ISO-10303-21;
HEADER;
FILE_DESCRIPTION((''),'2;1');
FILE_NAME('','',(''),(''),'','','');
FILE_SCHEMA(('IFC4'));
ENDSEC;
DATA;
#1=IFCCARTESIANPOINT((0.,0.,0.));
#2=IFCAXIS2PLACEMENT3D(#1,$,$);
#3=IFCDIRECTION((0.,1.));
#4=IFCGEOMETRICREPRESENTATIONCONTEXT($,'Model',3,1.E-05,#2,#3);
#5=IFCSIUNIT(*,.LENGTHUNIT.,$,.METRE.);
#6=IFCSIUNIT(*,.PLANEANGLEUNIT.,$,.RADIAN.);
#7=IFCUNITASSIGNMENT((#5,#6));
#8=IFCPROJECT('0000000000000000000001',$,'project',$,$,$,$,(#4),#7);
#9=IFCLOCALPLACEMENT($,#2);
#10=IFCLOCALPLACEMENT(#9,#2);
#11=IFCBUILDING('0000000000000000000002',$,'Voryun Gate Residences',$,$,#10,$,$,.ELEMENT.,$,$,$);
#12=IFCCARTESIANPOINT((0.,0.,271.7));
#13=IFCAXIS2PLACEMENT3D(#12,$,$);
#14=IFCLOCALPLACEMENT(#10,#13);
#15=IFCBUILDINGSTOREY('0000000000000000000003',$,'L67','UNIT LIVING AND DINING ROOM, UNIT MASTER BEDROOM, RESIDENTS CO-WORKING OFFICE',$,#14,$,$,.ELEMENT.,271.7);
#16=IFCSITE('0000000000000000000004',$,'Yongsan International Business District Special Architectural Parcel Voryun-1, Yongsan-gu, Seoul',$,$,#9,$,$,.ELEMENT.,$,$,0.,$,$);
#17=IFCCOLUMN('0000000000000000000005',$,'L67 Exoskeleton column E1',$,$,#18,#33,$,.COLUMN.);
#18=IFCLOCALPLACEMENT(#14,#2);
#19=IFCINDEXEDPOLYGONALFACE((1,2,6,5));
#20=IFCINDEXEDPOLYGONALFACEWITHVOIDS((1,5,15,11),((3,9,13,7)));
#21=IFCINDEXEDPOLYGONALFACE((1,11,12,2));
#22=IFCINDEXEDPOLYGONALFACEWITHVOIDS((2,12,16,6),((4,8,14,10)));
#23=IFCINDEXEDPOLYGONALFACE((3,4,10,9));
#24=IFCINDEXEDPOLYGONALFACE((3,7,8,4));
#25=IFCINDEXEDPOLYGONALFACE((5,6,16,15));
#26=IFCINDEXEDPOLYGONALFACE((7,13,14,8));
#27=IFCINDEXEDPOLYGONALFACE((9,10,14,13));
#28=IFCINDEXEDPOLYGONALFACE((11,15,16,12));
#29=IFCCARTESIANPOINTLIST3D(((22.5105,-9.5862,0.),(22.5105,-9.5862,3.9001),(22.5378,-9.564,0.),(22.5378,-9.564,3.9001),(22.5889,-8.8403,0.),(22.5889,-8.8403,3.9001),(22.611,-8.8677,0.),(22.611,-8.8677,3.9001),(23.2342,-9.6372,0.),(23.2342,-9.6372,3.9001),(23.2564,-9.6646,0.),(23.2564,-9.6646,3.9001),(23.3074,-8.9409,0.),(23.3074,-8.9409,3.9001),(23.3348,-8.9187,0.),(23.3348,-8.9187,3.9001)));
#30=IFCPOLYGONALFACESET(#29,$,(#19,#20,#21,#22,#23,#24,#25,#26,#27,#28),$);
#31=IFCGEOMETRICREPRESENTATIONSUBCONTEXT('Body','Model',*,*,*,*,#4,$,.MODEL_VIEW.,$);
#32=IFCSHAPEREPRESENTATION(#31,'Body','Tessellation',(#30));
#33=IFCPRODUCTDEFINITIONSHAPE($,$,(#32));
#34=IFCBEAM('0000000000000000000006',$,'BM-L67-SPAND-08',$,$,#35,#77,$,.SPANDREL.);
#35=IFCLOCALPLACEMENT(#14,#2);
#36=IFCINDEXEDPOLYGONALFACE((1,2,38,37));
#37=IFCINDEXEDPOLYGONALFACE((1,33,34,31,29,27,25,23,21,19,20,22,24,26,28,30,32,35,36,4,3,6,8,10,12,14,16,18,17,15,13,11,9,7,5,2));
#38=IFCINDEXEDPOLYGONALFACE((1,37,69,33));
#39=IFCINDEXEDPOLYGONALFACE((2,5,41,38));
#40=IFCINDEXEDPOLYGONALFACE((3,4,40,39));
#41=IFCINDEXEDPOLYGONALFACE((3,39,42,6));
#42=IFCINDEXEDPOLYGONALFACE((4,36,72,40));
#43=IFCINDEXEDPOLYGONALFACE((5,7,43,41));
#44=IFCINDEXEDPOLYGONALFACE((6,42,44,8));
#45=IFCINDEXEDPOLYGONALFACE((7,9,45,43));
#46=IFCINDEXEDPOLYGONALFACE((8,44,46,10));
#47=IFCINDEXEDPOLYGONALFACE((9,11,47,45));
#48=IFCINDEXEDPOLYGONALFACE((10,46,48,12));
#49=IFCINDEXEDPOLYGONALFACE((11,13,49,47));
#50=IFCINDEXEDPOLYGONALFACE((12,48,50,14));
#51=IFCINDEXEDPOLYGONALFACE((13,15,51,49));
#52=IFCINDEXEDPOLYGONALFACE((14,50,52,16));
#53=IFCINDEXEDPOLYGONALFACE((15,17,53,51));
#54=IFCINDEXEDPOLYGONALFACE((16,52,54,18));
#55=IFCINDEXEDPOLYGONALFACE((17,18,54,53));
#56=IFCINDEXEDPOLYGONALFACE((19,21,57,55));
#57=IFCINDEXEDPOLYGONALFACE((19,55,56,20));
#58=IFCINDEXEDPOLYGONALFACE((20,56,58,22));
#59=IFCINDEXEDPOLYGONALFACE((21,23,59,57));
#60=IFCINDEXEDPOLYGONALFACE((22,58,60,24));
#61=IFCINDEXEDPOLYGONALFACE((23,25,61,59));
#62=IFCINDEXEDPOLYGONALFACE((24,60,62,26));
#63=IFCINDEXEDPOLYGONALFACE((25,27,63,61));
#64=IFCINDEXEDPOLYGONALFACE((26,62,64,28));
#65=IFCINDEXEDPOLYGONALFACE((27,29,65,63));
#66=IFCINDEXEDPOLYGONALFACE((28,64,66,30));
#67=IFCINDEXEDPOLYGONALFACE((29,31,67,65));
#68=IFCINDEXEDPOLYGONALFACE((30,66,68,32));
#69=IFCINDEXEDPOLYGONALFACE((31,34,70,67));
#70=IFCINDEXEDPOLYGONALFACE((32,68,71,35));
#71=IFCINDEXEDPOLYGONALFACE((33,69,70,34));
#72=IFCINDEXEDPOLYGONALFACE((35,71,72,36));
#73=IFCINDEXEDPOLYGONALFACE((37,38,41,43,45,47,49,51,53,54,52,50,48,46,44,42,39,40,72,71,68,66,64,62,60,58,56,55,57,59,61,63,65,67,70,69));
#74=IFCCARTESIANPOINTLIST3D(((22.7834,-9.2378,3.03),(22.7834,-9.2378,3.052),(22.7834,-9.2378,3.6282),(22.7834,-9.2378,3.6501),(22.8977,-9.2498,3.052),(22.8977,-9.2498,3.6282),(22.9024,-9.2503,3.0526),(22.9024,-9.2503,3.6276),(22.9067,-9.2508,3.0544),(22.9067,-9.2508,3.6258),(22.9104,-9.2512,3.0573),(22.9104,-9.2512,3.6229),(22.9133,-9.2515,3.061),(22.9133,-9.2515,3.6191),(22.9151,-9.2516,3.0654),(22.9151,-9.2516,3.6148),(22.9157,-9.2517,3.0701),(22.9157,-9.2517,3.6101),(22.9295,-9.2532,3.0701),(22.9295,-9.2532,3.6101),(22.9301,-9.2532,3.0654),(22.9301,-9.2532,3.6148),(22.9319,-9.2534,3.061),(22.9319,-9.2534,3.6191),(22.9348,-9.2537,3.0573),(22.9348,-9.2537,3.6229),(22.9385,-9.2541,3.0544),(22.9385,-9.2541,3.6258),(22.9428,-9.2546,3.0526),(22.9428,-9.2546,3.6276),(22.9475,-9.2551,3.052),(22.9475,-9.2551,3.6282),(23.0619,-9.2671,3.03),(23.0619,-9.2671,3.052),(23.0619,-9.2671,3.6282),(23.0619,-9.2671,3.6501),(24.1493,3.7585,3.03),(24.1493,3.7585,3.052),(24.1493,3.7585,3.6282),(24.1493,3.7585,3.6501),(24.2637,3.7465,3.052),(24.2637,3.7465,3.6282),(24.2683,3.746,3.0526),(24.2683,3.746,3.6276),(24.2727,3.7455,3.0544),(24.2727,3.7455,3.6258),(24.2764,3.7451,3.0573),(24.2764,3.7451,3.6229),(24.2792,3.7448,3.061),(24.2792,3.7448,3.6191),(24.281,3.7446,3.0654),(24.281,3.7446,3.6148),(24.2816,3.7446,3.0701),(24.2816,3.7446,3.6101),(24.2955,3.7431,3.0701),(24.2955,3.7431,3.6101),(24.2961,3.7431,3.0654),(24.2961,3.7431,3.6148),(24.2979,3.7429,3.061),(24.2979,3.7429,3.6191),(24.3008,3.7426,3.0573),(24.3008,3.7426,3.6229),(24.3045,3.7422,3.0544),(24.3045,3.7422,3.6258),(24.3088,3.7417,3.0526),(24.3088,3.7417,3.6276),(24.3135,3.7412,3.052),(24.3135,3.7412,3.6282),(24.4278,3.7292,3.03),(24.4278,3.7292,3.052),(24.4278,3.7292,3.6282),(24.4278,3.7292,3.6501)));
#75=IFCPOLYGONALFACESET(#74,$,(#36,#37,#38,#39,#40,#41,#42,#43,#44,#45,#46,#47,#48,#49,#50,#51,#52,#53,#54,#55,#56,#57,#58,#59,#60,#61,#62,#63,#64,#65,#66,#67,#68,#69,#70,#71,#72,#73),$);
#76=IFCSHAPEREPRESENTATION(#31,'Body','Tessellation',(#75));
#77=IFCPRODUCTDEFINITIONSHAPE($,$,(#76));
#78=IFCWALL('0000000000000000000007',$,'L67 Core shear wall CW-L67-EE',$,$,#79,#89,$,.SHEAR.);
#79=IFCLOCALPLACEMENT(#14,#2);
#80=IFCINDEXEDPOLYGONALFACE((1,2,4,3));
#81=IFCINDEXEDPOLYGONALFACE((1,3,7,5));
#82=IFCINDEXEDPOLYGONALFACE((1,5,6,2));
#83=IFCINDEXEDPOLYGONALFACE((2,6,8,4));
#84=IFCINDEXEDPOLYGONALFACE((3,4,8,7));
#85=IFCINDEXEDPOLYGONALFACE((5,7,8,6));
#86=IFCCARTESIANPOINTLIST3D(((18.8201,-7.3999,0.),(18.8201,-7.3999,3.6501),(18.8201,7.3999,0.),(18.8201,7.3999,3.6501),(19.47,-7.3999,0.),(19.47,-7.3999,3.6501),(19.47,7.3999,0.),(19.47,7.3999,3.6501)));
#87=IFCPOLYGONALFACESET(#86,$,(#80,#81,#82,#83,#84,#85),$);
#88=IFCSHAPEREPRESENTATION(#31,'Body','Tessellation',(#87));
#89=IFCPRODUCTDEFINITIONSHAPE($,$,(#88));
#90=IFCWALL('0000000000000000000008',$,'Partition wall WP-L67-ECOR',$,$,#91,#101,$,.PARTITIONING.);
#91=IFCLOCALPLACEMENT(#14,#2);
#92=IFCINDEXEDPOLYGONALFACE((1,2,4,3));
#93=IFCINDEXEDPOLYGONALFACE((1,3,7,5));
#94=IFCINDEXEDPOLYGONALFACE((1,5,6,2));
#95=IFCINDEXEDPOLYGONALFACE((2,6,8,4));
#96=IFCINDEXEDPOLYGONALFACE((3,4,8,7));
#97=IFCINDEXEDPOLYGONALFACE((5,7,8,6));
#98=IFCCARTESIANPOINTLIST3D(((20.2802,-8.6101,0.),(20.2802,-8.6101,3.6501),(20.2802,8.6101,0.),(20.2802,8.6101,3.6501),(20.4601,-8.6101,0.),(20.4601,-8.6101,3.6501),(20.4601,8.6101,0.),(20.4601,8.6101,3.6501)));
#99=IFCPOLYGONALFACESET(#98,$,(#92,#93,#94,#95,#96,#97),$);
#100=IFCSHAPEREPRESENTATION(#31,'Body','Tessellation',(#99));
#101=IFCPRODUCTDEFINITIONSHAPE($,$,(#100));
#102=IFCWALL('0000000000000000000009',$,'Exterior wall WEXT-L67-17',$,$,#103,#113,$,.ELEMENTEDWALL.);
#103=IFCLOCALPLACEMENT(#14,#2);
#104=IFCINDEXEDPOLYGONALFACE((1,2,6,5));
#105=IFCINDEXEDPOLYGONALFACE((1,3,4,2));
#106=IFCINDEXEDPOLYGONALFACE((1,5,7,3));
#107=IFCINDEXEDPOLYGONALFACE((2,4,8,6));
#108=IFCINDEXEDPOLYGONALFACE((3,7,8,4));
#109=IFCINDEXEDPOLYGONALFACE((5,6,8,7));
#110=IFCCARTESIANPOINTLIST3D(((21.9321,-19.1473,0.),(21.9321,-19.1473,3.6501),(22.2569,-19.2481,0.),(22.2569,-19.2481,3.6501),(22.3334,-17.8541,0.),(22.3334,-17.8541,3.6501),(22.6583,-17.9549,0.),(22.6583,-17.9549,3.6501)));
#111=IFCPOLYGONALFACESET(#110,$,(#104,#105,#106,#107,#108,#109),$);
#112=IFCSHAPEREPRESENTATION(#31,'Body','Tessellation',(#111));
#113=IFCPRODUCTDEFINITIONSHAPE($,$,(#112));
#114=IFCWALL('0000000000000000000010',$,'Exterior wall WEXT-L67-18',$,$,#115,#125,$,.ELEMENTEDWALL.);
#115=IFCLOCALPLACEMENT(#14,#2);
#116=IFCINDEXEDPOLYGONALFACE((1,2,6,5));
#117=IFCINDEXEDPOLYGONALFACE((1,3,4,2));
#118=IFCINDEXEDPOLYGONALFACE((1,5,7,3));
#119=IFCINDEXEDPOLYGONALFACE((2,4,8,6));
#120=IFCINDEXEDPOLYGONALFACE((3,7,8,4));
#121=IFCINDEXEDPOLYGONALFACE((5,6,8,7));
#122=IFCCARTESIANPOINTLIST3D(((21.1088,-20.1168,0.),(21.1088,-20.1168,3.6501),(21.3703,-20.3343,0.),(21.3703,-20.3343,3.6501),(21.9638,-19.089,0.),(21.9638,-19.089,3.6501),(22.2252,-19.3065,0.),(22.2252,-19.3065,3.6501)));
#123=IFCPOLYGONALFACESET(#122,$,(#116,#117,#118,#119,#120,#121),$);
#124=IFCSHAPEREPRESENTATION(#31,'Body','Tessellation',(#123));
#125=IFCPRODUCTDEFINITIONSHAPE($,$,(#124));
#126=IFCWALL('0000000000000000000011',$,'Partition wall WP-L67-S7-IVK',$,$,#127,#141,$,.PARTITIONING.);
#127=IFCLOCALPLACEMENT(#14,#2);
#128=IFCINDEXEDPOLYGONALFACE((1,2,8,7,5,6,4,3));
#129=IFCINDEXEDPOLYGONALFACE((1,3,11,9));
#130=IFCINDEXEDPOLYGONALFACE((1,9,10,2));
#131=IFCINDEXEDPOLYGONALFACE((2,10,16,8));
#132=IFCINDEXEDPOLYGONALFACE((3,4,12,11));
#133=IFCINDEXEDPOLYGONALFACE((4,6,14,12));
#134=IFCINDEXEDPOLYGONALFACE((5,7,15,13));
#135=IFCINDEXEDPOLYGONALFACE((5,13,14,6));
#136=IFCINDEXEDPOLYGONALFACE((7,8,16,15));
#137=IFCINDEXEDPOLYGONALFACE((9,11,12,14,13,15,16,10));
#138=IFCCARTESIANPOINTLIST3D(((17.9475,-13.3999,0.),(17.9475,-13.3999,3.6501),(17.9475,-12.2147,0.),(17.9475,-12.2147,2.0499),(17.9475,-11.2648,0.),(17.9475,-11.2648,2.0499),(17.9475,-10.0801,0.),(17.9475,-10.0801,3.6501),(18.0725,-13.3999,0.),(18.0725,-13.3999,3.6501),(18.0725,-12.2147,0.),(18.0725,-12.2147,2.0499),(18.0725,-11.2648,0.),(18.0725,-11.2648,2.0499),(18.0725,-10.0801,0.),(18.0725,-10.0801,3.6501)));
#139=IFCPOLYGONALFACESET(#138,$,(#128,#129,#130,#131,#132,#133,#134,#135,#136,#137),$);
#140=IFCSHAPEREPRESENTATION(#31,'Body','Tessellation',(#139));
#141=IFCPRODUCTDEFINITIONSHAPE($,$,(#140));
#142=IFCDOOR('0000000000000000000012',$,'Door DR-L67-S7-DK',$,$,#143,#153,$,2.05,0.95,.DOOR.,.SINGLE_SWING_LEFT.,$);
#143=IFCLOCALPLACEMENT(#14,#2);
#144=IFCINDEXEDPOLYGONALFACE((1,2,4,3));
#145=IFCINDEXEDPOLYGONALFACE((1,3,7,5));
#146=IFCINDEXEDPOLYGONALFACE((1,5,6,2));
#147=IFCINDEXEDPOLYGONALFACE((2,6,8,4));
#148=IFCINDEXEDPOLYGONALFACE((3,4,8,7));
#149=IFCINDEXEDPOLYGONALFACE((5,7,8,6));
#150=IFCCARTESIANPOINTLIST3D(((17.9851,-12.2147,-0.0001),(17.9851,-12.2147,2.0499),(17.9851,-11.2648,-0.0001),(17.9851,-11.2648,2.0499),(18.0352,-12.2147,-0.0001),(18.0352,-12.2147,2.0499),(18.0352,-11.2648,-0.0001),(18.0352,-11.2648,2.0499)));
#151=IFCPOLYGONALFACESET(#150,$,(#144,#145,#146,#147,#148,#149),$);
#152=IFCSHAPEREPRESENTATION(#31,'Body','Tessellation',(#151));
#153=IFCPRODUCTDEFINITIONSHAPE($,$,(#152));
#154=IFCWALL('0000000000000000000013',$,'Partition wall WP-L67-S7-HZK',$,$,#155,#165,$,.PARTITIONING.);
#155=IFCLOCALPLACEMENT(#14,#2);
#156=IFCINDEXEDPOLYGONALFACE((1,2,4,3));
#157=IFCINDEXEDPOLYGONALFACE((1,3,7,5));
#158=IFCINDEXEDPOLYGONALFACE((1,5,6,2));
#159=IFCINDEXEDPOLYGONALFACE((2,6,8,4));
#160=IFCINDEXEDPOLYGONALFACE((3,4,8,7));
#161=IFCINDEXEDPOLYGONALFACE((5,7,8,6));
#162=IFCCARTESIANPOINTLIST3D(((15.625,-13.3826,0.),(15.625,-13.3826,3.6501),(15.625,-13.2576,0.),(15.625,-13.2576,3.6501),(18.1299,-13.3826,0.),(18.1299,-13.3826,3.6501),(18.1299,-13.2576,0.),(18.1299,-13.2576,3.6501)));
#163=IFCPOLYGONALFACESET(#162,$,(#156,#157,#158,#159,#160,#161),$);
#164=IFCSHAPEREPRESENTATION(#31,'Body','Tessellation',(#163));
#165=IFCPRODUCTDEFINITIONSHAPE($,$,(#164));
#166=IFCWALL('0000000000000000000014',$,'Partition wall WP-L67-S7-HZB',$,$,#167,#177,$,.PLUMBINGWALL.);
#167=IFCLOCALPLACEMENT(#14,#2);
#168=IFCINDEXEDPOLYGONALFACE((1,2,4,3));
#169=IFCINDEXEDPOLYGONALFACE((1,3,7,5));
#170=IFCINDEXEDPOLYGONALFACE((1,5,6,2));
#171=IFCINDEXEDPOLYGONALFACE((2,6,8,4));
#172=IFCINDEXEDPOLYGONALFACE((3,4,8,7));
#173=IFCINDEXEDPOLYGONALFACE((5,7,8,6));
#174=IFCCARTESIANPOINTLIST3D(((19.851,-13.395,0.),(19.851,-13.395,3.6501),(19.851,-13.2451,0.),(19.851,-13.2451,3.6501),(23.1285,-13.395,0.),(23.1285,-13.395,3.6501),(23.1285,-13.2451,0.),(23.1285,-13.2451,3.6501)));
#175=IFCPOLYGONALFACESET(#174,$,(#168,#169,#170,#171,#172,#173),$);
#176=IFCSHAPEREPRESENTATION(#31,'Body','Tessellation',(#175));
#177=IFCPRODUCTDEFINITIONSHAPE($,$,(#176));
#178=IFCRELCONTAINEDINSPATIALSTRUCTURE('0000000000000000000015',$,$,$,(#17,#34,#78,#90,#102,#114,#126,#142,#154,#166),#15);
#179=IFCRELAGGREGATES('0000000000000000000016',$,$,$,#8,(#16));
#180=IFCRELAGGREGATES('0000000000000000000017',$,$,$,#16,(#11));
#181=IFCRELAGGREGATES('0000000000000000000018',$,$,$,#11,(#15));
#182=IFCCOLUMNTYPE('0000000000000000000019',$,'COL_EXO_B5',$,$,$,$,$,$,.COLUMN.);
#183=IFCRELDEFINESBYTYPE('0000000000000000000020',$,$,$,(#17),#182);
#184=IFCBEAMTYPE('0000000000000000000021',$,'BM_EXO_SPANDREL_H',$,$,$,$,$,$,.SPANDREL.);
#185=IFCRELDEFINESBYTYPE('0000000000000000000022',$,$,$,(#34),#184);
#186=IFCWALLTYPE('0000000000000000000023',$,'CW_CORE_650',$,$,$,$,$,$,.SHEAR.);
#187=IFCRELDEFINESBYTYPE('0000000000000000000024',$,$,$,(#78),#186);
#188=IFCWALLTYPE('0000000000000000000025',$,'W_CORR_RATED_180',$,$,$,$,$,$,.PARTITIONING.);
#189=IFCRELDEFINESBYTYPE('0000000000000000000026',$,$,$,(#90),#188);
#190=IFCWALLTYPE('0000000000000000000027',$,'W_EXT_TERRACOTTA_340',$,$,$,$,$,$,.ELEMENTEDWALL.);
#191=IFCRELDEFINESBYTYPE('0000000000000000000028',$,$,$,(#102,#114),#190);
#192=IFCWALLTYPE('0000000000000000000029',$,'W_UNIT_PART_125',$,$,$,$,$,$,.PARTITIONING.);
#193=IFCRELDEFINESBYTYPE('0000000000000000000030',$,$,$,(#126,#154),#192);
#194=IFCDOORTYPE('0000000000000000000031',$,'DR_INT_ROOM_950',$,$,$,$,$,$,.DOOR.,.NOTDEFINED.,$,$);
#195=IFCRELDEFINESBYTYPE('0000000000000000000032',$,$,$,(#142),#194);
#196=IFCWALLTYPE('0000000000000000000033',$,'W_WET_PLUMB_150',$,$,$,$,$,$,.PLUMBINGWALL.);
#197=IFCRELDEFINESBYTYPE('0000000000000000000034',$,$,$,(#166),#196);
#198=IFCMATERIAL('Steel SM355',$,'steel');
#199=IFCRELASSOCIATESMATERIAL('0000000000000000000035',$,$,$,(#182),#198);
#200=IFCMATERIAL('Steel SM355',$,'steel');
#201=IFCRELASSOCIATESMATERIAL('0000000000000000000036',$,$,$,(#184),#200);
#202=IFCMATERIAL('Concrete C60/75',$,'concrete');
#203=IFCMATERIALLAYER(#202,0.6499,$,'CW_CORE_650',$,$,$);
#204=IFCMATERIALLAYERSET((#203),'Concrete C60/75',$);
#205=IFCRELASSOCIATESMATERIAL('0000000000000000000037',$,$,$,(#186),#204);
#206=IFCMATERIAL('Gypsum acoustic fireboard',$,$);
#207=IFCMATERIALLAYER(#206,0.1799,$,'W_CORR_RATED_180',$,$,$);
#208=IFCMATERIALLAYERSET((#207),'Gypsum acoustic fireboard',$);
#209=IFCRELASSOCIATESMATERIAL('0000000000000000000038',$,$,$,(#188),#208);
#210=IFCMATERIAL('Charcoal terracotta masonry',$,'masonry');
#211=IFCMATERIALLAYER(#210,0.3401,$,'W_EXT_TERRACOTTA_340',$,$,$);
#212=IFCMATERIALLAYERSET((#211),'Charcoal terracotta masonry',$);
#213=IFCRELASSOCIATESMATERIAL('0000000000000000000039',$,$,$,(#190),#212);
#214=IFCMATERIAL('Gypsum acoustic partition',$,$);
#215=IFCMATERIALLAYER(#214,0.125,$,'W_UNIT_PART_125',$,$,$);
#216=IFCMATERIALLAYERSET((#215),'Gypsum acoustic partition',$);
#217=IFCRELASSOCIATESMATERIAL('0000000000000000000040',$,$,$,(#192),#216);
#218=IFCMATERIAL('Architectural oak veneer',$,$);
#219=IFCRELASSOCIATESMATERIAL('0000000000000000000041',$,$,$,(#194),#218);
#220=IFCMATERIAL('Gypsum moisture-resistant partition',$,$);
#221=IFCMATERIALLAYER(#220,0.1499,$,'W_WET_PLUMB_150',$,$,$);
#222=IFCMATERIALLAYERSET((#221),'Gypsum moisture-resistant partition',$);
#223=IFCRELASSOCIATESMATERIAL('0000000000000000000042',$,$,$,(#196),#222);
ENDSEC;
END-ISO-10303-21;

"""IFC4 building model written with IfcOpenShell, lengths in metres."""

from ifc_helpers import new_model, si_unit, direction, frame, frame_2d, origin, origin_2d, place, context, subcontext, project, spatial, rectangle, hollow_rectangle, i_section, extrude, material, layer, layer_set, material_profile, profile_set, type_object, element, fill, save


model = new_model("IFC4")

# Units and contexts
model_context = context("Model", 3, precision=1e-05, world=origin(), true_north=direction((0.0, 1.0)))
body_context = subcontext(model_context, "Body", "Model", "MODEL_VIEW")
ifc_project = project(units=[si_unit("LENGTHUNIT", "METRE"), si_unit("PLANEANGLEUNIT", "RADIAN")], contexts=[model_context])

# Site, building, storey
site_placement = place(None, origin())
site = spatial("IfcSite", under=ifc_project, at=site_placement, Name="Yongsan International Business District Special Architectural Parcel Voryun-1, Yongsan-gu, Seoul", CompositionType="ELEMENT", RefElevation=0.0)
building_placement = place(site_placement, origin())
building = spatial("IfcBuilding", under=site, at=building_placement, Name="Voryun Gate Residences", CompositionType="ELEMENT")
storey_placement = place(building_placement, frame((0.0, 0.0, 271.7)))
storey = spatial("IfcBuildingStorey", under=building, at=storey_placement, Name="L67", Description="UNIT LIVING AND DINING ROOM, UNIT MASTER BEDROOM, RESIDENTS CO-WORKING OFFICE", CompositionType="ELEMENT", Elevation=271.7)

# Column
ifc_material_1 = material(Name="Steel SM355", Category="steel")
ifc_material_profile_1 = material_profile(ifc_material_1, hollow_rectangle(XDim=0.75, YDim=0.75, WallThickness=0.0249, at=origin_2d()), Name="BOX-750x750x25")
ifc_profile_set_1 = profile_set([ifc_material_profile_1], Name="Steel SM355")
column_type = type_object("IfcColumnType", Name="COL_EXO_B5", PredefinedType="COLUMN", material=ifc_profile_set_1)
column_placement = place(storey_placement, frame((22.9226, -9.2524, 0.0), z_axis=(0.0, 0.0, 1.0), x_axis=(0.994522, -0.104528, 0.0)))
element("IfcColumn", 1, at=column_placement, inside=storey, type_object=column_type, Name="L67 Exoskeleton column E1", PredefinedType="COLUMN", context=body_context, shape_type="SweptSolid", body=[
    extrude(hollow_rectangle(XDim=0.75, YDim=0.75, WallThickness=0.0249, at=origin_2d()), origin(), (0.0, 0.0, 1.0), 3.9001),
])

# Beam
ifc_material_2 = material(Name="Steel SM355", Category="steel")
ifc_material_profile_2 = material_profile(ifc_material_2, i_section(OverallWidth=0.28, OverallDepth=0.6201, WebThickness=0.0139, FlangeThickness=0.022, FilletRadius=0.0181, at=origin_2d()), Name="H-620x280x14x22")
ifc_profile_set_2 = profile_set([ifc_material_profile_2], Name="Steel SM355")
beam_type = type_object("IfcBeamType", Name="BM_EXO_SPANDREL_H", PredefinedType="SPANDREL", material=ifc_profile_set_2)
beam_placement = place(storey_placement, frame((22.9226, -9.2524, 3.3401), z_axis=(0.104528, 0.994522, 0.0), x_axis=(-0.994522, 0.104528, 0.0)))
element("IfcBeam", 2, at=beam_placement, inside=storey, type_object=beam_type, Name="BM-L67-SPAND-08", PredefinedType="SPANDREL", context=body_context, shape_type="SweptSolid", body=[
    extrude(i_section(OverallWidth=0.28, OverallDepth=0.6201, WebThickness=0.0139, FlangeThickness=0.022, FilletRadius=0.0181, at=origin_2d()), origin(), (0.0, 0.0, 1.0), 13.0679),
])

# Walls
ifc_material_3 = material(Name="Concrete C60/75", Category="concrete")
ifc_layer_1 = layer(ifc_material_3, 0.6499, Name="CW_CORE_650")
ifc_layer_set_1 = layer_set([ifc_layer_1], Name="Concrete C60/75")
wall_type_1 = type_object("IfcWallType", Name="CW_CORE_650", PredefinedType="SHEAR", material=ifc_layer_set_1)
wall_1_placement = place(storey_placement, frame((19.145, -7.3999, 0.0), z_axis=(0.0, 0.0, 1.0), x_axis=(0.0, 1.0, 0.0)))
element("IfcWall", 3, at=wall_1_placement, inside=storey, type_object=wall_type_1, Name="L67 Core shear wall CW-L67-EE", PredefinedType="SHEAR", context=body_context, shape_type="SweptSolid", body=[
    extrude(rectangle(XDim=14.7998, YDim=0.6499, at=frame_2d((7.3999, 0.0))), origin(), (0.0, 0.0, 1.0), 3.6501),
])
ifc_material_4 = material(Name="Gypsum acoustic fireboard")
ifc_layer_2 = layer(ifc_material_4, 0.1799, Name="W_CORR_RATED_180")
ifc_layer_set_2 = layer_set([ifc_layer_2], Name="Gypsum acoustic fireboard")
wall_type_2 = type_object("IfcWallType", Name="W_CORR_RATED_180", PredefinedType="PARTITIONING", material=ifc_layer_set_2)
wall_2_placement = place(storey_placement, frame((20.3701, -8.6101, 0.0), z_axis=(0.0, 0.0, 1.0), x_axis=(0.0, 1.0, 0.0)))
element("IfcWall", 4, at=wall_2_placement, inside=storey, type_object=wall_type_2, Name="Partition wall WP-L67-ECOR", PredefinedType="PARTITIONING", context=body_context, shape_type="SweptSolid", body=[
    extrude(rectangle(XDim=17.2202, YDim=0.1799, at=frame_2d((8.6101, 0.0))), origin(), (0.0, 0.0, 1.0), 3.6501),
])
ifc_material_5 = material(Name="Charcoal terracotta masonry", Category="masonry")
ifc_layer_3 = layer(ifc_material_5, 0.3401, Name="W_EXT_TERRACOTTA_340")
ifc_layer_set_3 = layer_set([ifc_layer_3], Name="Charcoal terracotta masonry")
wall_type_3 = type_object("IfcWallType", Name="W_EXT_TERRACOTTA_340", PredefinedType="ELEMENTEDWALL", material=ifc_layer_set_3)
wall_3_placement = place(storey_placement, frame((22.4958, -17.9045, 0.0), z_axis=(0.0, 0.0, 1.0), x_axis=(-0.296416, -0.955059, 0.0)))
element("IfcWall", 5, at=wall_3_placement, inside=storey, type_object=wall_type_3, Name="Exterior wall WEXT-L67-17", PredefinedType="ELEMENTEDWALL", context=body_context, shape_type="SweptSolid", body=[
    extrude(rectangle(XDim=1.354, YDim=0.3401, at=frame_2d((0.677, 0.0))), origin(), (0.0, 0.0, 1.0), 3.6501),
])
wall_4_placement = place(storey_placement, frame((22.0945, -19.1978, 0.0), z_axis=(0.0, 0.0, 1.0), x_axis=(-0.639502, -0.76879, 0.0)))
element("IfcWall", 6, at=wall_4_placement, inside=storey, type_object=wall_type_3, Name="Exterior wall WEXT-L67-18", PredefinedType="ELEMENTEDWALL", context=body_context, shape_type="SweptSolid", body=[
    extrude(rectangle(XDim=1.3369, YDim=0.3401, at=frame_2d((0.6685, 0.0))), origin(), (0.0, 0.0, 1.0), 3.6501),
])

# Wall, opening, door
ifc_material_6 = material(Name="Gypsum acoustic partition")
ifc_layer_4 = layer(ifc_material_6, 0.125, Name="W_UNIT_PART_125")
ifc_layer_set_4 = layer_set([ifc_layer_4], Name="Gypsum acoustic partition")
wall_type_4 = type_object("IfcWallType", Name="W_UNIT_PART_125", PredefinedType="PARTITIONING", material=ifc_layer_set_4)
wall_5_placement = place(storey_placement, frame((18.01, -13.3999, 0.0), z_axis=(0.0, 0.0, 1.0), x_axis=(0.0, 1.0, 0.0)))
wall_5 = element("IfcWall", 7, at=wall_5_placement, inside=storey, type_object=wall_type_4, Name="Partition wall WP-L67-S7-IVK", PredefinedType="PARTITIONING", context=body_context, shape_type="SweptSolid", body=[
    extrude(rectangle(XDim=3.3198, YDim=0.125, at=frame_2d((1.6599, 0.0))), origin(), (0.0, 0.0, 1.0), 3.6501),
])
opening_1_placement = place(wall_5_placement, frame((1.1851, 0.0, 0.0)))
opening_1 = element("IfcOpeningElement", 8, at=opening_1_placement, cuts=wall_5, PredefinedType="OPENING", context=body_context, shape_type="SweptSolid", body=[
    extrude(rectangle(XDim=0.95, YDim=2.05, at=frame_2d((0.4751, 1.0249))), frame((0.0, 0.0725, 0.0), z_axis=(0.0, -1.0, 0.0), x_axis=(1.0, 0.0, 0.0)), (0.0, 0.0, 1.0), 0.145),
])
ifc_material_7 = material(Name="Architectural oak veneer")
door_type_1 = type_object("IfcDoorType", Name="DR_INT_ROOM_950", OperationType="NOTDEFINED", PredefinedType="DOOR", material=ifc_material_7)
door_1_placement = place(opening_1_placement, origin())
door_1 = element("IfcDoor", 9, at=door_1_placement, inside=storey, type_object=door_type_1, Name="Door DR-L67-S7-DK", OperationType="SINGLE_SWING_LEFT", OverallHeight=2.05, OverallWidth=0.95, PredefinedType="DOOR", context=body_context, shape_type="SweptSolid", body=[
    extrude(rectangle(XDim=0.95, YDim=2.05, at=frame_2d((0.4751, 1.0249))), frame((0.0, 0.0249, 0.0), z_axis=(0.0, -1.0, 0.0), x_axis=(1.0, 0.0, 0.0)), (0.0, 0.0, 1.0), 0.05),
])
fill(opening_1, door_1)

# Walls
wall_6_placement = place(storey_placement, frame((15.625, -13.3201, 0.0), z_axis=(0.0, 0.0, 1.0), x_axis=(1.0, 0.0, 0.0)))
element("IfcWall", 10, at=wall_6_placement, inside=storey, type_object=wall_type_4, Name="Partition wall WP-L67-S7-HZK", PredefinedType="PARTITIONING", context=body_context, shape_type="SweptSolid", body=[
    extrude(rectangle(XDim=2.5049, YDim=0.125, at=frame_2d((1.2524, 0.0))), origin(), (0.0, 0.0, 1.0), 3.6501),
])
ifc_material_8 = material(Name="Gypsum moisture-resistant partition")
ifc_layer_5 = layer(ifc_material_8, 0.1499, Name="W_WET_PLUMB_150")
ifc_layer_set_5 = layer_set([ifc_layer_5], Name="Gypsum moisture-resistant partition")
wall_type_5 = type_object("IfcWallType", Name="W_WET_PLUMB_150", PredefinedType="PLUMBINGWALL", material=ifc_layer_set_5)
wall_7_placement = place(storey_placement, frame((19.8511, -13.3201, 0.0), z_axis=(0.0, 0.0, 1.0), x_axis=(1.0, 0.0, 0.0)))
element("IfcWall", 11, at=wall_7_placement, inside=storey, type_object=wall_type_5, Name="Partition wall WP-L67-S7-HZB", PredefinedType="PLUMBINGWALL", context=body_context, shape_type="SweptSolid", body=[
    extrude(rectangle(XDim=3.2776, YDim=0.1499, at=frame_2d((1.6387, 0.0))), origin(), (0.0, 0.0, 1.0), 3.6501),
])

save(model, "model.ifc")
